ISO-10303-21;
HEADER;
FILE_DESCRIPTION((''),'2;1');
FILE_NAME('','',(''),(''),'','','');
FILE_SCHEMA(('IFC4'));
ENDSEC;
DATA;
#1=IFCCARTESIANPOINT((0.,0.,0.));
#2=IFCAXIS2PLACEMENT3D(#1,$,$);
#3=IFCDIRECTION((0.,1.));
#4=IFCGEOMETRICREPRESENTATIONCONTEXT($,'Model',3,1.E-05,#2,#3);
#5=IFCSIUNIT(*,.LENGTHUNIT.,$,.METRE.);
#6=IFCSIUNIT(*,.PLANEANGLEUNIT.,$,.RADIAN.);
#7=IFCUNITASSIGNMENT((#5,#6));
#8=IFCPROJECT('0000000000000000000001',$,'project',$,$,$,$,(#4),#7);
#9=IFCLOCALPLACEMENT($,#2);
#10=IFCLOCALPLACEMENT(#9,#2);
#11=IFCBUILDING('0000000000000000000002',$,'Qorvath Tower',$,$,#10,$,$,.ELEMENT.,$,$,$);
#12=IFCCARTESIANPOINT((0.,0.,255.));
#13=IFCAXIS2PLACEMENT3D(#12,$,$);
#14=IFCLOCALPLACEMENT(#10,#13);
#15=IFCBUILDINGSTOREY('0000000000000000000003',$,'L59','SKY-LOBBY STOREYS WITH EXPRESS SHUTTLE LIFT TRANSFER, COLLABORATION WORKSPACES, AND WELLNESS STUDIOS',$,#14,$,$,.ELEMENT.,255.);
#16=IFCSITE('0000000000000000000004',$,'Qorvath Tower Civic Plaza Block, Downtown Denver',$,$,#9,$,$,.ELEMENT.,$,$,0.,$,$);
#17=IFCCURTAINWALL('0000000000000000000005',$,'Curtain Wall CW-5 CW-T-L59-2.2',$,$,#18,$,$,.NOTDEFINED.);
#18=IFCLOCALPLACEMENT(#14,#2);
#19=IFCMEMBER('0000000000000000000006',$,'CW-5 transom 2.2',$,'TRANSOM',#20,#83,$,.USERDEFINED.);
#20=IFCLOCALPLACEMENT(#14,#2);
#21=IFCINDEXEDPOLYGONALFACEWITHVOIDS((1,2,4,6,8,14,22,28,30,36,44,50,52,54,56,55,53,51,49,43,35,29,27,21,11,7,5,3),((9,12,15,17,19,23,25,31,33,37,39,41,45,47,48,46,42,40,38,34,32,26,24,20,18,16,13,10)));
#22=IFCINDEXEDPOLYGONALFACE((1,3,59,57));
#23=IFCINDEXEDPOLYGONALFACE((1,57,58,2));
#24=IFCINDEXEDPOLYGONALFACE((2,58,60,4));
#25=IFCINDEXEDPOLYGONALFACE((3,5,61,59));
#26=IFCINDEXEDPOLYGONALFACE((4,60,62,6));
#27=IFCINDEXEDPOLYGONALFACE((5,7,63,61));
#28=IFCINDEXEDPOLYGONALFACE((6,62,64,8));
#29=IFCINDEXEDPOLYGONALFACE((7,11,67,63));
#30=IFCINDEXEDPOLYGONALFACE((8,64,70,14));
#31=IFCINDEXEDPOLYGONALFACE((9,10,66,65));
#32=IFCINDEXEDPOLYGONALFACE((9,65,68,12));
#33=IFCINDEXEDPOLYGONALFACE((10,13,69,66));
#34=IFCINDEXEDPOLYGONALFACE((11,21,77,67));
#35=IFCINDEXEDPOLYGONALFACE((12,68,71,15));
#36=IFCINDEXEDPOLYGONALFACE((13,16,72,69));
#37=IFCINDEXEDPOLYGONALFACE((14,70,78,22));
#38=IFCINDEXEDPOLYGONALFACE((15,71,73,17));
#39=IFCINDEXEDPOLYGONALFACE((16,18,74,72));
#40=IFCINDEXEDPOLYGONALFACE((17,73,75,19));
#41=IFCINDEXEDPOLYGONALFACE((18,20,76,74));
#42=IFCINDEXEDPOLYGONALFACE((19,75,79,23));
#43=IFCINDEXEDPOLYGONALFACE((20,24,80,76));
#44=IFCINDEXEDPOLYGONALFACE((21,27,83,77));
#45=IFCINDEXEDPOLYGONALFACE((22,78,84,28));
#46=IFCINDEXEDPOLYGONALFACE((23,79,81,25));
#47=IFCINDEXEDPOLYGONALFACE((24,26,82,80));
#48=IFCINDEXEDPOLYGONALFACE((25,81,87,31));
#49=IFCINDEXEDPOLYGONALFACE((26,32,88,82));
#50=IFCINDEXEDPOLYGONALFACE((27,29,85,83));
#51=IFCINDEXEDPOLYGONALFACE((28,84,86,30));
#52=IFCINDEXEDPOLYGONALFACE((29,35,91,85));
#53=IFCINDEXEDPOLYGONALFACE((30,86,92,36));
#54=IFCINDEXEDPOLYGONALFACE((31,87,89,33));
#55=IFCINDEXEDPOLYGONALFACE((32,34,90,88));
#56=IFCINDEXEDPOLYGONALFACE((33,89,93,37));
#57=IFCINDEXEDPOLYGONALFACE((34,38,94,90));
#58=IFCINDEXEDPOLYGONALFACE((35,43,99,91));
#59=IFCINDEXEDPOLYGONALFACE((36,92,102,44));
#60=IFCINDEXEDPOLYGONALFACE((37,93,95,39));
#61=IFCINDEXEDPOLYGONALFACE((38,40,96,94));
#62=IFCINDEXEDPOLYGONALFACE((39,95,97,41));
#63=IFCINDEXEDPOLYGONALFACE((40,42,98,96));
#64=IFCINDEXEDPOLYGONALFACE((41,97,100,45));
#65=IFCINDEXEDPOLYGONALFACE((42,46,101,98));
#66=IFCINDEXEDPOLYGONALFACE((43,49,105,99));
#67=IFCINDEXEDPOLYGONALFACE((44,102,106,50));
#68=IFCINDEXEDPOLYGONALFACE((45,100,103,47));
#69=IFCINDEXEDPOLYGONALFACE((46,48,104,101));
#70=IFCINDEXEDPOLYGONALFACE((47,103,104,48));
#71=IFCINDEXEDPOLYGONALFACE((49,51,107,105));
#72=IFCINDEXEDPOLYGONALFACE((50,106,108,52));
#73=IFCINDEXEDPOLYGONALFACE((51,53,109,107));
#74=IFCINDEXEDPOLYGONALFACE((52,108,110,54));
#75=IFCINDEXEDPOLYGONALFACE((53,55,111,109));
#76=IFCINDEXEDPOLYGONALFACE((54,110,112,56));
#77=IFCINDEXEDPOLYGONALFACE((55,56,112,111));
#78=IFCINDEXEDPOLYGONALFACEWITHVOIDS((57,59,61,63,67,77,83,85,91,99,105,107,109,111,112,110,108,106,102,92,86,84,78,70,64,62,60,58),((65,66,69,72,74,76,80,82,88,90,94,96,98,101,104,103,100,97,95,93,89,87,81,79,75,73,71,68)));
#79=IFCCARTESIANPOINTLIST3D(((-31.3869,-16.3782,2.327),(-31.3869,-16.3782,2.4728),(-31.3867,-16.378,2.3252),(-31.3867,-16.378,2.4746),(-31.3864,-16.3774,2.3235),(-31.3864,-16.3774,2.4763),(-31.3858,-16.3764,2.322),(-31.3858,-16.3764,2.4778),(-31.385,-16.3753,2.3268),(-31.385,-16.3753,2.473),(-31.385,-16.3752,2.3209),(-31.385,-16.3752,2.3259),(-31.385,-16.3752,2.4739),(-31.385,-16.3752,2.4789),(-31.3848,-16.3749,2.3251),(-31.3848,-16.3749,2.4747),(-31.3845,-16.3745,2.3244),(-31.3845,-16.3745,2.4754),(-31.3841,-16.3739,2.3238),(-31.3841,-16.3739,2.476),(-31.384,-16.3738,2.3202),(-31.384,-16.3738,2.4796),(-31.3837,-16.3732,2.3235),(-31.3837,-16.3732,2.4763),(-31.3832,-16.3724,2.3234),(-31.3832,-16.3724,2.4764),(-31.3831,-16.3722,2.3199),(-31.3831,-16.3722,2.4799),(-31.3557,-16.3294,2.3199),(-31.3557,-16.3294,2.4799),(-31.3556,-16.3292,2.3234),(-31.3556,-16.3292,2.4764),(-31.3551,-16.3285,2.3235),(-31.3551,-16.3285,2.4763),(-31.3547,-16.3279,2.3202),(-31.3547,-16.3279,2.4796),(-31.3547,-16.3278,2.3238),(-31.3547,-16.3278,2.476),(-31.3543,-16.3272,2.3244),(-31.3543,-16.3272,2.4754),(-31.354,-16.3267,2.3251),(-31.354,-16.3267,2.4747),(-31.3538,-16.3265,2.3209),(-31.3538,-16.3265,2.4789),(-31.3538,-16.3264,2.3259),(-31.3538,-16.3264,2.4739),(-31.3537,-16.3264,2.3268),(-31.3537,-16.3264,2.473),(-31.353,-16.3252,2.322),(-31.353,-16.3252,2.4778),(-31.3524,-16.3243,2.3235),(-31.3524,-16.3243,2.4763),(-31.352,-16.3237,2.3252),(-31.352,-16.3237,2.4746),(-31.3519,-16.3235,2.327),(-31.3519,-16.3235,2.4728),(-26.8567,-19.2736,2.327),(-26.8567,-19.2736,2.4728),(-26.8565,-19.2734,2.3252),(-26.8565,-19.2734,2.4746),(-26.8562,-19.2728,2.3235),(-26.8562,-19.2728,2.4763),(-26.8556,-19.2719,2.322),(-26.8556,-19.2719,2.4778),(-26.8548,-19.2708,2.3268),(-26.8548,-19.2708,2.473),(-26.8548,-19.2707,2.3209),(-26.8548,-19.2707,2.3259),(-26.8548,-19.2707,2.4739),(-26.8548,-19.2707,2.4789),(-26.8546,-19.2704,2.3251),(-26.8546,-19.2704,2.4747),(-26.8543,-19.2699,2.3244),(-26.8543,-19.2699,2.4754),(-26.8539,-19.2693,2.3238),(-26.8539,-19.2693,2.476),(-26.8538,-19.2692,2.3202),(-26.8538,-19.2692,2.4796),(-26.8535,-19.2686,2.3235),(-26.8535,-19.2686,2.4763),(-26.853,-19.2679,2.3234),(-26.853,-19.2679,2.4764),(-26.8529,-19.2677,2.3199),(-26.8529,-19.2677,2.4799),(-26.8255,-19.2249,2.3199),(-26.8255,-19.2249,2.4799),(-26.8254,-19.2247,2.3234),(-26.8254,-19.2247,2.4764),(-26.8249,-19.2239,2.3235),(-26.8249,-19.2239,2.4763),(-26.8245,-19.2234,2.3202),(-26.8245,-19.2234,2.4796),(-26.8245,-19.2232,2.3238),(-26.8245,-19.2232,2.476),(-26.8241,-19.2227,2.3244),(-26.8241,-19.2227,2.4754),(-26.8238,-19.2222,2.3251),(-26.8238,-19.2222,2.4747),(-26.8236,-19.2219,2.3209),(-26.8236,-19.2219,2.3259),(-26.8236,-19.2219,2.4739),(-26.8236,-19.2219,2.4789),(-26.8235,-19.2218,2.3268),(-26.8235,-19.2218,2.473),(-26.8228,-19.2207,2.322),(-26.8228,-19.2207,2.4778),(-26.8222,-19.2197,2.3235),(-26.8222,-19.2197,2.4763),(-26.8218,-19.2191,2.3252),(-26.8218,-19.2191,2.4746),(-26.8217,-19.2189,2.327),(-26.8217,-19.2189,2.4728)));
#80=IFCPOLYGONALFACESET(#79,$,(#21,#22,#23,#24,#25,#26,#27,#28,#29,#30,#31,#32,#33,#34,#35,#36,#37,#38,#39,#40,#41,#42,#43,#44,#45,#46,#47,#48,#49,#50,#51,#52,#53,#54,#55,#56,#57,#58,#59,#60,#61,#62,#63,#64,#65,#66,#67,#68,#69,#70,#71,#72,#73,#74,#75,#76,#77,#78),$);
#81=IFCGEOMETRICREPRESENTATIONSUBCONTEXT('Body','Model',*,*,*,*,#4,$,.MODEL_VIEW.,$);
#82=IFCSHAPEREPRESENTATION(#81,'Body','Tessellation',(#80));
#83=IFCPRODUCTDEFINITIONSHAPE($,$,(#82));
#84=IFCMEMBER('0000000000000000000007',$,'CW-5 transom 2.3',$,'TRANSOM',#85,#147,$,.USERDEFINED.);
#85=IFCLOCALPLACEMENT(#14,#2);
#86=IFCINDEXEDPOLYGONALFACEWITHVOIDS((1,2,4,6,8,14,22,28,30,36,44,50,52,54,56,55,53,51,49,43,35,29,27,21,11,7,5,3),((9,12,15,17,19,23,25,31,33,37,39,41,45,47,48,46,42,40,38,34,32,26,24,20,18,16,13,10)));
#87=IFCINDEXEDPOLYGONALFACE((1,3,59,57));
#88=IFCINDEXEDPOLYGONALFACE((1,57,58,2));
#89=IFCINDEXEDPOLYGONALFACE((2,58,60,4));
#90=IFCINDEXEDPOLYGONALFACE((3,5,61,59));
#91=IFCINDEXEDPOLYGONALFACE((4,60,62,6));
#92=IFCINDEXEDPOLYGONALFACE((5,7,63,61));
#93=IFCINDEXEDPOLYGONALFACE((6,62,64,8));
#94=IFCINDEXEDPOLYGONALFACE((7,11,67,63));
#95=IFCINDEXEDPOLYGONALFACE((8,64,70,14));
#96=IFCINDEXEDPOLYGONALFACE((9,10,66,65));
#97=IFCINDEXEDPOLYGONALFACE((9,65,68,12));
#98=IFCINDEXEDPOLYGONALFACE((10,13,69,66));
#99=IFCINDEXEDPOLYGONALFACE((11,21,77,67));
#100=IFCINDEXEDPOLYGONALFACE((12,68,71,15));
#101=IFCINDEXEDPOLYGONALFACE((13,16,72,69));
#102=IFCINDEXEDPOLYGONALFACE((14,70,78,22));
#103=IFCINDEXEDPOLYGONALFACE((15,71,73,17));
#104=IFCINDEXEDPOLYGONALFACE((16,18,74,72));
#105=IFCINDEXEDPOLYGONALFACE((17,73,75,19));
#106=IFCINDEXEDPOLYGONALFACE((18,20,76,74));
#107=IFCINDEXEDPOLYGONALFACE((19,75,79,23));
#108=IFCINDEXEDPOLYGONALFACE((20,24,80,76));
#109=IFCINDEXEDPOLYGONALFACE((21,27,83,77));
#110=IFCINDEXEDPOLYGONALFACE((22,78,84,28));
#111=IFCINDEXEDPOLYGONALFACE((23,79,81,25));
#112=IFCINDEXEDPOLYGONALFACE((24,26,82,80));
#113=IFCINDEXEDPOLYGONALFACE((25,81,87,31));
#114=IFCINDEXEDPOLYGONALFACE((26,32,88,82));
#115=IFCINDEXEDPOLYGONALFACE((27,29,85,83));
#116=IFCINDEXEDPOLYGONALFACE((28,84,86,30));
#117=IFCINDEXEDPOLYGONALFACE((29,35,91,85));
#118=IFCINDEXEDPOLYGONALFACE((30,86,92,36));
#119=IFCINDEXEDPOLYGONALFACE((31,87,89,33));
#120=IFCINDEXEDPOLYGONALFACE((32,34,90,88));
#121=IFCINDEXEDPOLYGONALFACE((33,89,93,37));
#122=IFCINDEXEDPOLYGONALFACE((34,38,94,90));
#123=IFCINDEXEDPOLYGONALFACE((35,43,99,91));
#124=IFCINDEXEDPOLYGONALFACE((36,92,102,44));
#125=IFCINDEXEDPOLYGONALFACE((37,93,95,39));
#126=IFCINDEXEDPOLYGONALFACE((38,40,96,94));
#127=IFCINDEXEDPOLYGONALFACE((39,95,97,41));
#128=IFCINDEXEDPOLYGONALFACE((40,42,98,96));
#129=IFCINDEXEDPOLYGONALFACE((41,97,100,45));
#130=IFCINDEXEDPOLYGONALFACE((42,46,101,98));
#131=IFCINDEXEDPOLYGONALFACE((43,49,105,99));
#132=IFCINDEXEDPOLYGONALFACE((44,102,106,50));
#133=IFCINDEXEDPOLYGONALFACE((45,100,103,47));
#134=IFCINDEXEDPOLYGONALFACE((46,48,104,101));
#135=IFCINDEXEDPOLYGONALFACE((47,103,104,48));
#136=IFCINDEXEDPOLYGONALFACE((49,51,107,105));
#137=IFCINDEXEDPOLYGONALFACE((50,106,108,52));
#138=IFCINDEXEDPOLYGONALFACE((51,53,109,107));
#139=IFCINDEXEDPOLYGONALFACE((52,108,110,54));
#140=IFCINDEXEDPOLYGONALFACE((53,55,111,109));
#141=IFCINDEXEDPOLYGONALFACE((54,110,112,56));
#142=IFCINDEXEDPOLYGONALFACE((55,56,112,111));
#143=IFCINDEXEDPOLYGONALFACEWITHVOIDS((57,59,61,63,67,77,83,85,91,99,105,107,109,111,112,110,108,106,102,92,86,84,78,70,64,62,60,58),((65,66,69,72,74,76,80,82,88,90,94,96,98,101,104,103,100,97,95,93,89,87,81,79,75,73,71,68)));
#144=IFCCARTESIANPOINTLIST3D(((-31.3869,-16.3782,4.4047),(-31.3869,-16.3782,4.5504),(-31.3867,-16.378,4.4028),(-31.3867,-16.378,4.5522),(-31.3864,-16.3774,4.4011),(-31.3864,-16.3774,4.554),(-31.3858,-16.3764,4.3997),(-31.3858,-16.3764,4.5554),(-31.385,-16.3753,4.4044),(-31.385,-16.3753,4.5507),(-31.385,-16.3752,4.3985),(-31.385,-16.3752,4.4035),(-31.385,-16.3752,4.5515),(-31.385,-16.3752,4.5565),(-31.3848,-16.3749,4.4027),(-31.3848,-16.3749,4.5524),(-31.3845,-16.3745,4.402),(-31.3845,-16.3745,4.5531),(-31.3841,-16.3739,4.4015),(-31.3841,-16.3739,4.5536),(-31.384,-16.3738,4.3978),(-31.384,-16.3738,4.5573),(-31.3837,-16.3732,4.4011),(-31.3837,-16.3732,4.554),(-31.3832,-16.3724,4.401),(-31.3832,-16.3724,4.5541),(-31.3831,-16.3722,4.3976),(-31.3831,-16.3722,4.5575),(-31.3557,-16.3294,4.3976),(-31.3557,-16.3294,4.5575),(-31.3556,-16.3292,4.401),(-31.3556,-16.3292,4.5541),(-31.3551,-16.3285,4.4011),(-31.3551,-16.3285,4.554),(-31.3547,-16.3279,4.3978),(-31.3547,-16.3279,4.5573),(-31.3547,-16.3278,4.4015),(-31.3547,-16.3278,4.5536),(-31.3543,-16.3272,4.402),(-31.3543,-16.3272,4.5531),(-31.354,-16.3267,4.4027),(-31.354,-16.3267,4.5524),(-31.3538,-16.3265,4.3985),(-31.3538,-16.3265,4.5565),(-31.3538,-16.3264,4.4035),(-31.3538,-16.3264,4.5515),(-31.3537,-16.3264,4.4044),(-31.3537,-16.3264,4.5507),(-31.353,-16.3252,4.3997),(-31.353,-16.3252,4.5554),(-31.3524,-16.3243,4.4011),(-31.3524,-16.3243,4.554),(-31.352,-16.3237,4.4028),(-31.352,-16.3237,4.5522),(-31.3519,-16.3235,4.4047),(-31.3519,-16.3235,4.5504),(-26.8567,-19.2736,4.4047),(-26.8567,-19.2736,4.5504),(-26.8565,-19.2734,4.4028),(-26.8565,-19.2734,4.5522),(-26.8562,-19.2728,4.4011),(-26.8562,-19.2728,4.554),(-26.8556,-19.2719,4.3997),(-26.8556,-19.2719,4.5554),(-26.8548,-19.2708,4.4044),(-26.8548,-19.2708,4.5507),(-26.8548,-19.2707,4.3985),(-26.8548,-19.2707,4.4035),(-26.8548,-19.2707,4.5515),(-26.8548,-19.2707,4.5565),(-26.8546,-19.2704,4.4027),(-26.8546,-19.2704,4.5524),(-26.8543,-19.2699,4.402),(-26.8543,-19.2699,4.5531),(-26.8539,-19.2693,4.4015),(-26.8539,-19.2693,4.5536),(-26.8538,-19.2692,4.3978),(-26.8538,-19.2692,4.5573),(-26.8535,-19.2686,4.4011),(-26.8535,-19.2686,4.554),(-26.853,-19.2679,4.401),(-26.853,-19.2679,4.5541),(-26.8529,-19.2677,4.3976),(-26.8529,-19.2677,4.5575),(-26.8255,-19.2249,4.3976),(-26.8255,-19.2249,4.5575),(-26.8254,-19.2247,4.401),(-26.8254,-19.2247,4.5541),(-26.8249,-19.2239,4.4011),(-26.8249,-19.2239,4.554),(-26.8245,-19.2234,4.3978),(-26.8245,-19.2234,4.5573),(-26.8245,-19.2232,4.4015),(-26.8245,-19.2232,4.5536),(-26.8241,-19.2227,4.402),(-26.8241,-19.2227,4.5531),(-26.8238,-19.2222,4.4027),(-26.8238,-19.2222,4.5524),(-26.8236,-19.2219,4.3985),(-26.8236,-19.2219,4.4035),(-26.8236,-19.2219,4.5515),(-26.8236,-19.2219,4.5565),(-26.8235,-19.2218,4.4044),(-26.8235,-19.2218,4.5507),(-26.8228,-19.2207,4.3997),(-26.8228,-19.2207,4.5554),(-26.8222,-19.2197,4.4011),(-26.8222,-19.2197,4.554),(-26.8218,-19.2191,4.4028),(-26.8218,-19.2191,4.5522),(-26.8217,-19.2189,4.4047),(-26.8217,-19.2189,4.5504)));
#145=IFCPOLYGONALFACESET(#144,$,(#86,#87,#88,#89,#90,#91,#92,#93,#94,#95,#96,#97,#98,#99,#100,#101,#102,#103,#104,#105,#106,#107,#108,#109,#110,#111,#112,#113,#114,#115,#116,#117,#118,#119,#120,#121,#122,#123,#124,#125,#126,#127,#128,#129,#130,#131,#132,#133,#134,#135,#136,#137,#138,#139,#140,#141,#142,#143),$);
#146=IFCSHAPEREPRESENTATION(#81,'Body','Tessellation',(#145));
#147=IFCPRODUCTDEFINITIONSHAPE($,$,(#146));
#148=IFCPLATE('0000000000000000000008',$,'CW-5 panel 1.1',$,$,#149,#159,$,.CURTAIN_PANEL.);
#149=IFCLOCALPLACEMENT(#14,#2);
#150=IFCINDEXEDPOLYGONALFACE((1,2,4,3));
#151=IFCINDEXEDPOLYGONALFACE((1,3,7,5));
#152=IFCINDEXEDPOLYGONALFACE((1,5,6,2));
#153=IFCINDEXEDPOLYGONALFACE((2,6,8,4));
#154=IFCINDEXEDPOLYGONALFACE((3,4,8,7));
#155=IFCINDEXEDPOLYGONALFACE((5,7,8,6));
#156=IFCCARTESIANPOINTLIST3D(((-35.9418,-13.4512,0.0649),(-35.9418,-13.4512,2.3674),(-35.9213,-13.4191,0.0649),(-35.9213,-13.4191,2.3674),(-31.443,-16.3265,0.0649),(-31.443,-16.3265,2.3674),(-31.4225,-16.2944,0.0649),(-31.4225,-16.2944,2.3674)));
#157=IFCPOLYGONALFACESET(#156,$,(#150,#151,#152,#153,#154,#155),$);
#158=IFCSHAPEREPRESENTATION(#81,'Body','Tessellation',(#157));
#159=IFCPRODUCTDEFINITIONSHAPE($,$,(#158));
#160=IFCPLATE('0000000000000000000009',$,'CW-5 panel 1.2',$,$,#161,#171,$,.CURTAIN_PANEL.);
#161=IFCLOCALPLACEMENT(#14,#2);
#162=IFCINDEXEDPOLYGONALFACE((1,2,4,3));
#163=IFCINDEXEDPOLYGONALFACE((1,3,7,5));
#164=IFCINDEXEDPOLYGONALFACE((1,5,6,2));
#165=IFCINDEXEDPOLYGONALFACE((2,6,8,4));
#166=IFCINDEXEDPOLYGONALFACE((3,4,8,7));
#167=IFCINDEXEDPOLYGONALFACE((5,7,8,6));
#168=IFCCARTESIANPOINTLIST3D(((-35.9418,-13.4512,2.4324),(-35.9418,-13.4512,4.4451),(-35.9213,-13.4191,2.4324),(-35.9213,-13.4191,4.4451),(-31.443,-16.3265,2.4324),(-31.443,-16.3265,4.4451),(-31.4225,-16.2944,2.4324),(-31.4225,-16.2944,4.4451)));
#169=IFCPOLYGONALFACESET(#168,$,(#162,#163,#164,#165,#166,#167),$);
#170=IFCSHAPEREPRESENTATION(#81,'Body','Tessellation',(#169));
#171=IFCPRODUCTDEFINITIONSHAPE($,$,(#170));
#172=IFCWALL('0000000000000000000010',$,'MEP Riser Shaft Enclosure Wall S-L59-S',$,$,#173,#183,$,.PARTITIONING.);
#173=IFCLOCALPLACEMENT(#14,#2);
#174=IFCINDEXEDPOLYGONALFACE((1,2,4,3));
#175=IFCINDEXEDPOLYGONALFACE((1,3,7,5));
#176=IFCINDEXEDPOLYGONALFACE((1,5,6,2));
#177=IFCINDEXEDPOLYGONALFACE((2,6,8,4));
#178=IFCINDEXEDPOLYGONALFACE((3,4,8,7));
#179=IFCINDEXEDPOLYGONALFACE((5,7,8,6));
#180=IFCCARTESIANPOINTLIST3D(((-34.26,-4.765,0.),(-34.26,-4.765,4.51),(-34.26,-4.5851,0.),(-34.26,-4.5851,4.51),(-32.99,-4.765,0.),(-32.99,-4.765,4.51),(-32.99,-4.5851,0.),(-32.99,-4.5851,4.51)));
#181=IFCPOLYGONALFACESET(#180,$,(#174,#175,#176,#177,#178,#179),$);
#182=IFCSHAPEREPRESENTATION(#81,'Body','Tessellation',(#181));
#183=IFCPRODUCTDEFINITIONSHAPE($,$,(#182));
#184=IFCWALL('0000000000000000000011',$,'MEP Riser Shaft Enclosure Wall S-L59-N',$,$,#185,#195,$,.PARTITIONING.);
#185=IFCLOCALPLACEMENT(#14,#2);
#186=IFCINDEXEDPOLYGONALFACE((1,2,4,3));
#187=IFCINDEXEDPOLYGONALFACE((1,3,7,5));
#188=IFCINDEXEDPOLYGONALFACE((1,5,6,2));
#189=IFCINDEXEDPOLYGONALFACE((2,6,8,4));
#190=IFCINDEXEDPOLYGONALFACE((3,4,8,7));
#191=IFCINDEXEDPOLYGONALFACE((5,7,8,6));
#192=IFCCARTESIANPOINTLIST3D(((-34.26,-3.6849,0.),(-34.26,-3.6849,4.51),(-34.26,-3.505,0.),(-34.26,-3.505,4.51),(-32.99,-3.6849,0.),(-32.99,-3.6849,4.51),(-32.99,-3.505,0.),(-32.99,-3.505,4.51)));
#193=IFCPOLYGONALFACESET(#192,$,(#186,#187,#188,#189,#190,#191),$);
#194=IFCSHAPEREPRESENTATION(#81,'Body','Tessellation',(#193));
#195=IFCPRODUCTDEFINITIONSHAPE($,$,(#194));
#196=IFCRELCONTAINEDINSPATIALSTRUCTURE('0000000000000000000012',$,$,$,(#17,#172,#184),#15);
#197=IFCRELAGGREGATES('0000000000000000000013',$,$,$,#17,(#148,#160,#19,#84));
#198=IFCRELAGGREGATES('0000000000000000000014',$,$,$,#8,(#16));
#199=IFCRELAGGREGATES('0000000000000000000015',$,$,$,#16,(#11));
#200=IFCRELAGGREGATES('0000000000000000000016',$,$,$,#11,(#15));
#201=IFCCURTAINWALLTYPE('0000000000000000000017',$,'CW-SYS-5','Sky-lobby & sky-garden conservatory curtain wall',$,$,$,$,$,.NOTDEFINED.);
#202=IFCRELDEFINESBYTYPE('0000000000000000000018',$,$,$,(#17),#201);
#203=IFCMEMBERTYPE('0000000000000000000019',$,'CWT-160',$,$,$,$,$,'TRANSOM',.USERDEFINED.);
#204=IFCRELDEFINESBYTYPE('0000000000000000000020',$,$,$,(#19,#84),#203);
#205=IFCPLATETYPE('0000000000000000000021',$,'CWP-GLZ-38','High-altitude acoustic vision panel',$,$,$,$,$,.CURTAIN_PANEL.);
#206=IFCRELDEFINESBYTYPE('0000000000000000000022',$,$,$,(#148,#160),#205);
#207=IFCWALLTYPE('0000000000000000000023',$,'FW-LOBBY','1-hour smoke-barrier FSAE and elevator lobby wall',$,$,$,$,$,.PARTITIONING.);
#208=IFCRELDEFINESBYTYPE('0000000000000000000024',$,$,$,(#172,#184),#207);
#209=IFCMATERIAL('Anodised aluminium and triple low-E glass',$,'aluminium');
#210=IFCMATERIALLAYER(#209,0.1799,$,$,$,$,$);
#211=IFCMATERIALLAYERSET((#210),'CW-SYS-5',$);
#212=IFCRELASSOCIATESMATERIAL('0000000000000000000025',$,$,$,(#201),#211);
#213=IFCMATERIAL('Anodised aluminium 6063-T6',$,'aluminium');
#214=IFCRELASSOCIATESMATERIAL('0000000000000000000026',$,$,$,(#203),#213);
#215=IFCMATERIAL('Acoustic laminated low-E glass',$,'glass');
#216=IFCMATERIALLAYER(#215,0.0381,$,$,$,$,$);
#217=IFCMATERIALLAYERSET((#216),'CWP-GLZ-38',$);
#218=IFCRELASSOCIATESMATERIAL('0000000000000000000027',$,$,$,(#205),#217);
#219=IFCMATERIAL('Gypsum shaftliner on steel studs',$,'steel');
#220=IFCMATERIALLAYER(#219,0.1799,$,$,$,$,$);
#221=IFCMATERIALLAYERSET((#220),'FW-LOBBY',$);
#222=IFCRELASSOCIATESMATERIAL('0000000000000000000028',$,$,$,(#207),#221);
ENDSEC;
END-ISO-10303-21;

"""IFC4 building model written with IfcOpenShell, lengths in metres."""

from ifc_helpers import new_model, si_unit, direction, frame, frame_2d, origin, origin_2d, place, context, subcontext, project, spatial, rectangle, hollow_rectangle, extrude, material, layer, layer_set, material_profile, profile_set, type_object, element, aggregate, save


model = new_model("IFC4")

# Units and contexts
model_context = context("Model", 3, precision=1e-05, world=origin(), true_north=direction((0.0, 1.0)))
body_context = subcontext(model_context, "Body", "Model", "MODEL_VIEW")
ifc_project = project(units=[si_unit("LENGTHUNIT", "METRE"), si_unit("PLANEANGLEUNIT", "RADIAN")], contexts=[model_context])

# Site, building, storey
site_placement = place(None, origin())
site = spatial("IfcSite", under=ifc_project, at=site_placement, Name="Qorvath Tower Civic Plaza Block, Downtown Denver", CompositionType="ELEMENT", RefElevation=0.0)
building_placement = place(site_placement, origin())
building = spatial("IfcBuilding", under=site, at=building_placement, Name="Qorvath Tower", CompositionType="ELEMENT")
storey_placement = place(building_placement, frame((0.0, 0.0, 255.0)))
storey = spatial("IfcBuildingStorey", under=building, at=storey_placement, Name="L59", Description="SKY-LOBBY STOREYS WITH EXPRESS SHUTTLE LIFT TRANSFER, COLLABORATION WORKSPACES, AND WELLNESS STUDIOS", CompositionType="ELEMENT", Elevation=255.0)

# Curtain wall, members, plates
ifc_material_1 = material(Name="Anodised aluminium and triple low-E glass", Category="aluminium")
ifc_layer_1 = layer(ifc_material_1, 0.1799)
ifc_layer_set_1 = layer_set([ifc_layer_1], Name="CW-SYS-5")
curtain_wall_type = type_object("IfcCurtainWallType", Name="CW-SYS-5", Description="Sky-lobby & sky-garden conservatory curtain wall", PredefinedType="NOTDEFINED", material=ifc_layer_set_1)
curtain_wall_placement = place(storey_placement, origin())
curtain_wall = element("IfcCurtainWall", 1, at=curtain_wall_placement, inside=storey, type_object=curtain_wall_type, Name="Curtain Wall CW-5 CW-T-L59-2.2", PredefinedType="NOTDEFINED")
ifc_material_2 = material(Name="Anodised aluminium 6063-T6", Category="aluminium")
ifc_material_profile_1 = material_profile(ifc_material_2, hollow_rectangle(XDim=0.0649, YDim=0.1599, WallThickness=0.0034, InnerFilletRadius=0.0034, OuterFilletRadius=0.0071, at=origin_2d()), Name="CWT 160x65")
ifc_profile_set_1 = profile_set([ifc_material_profile_1], Name="Anodised aluminium 6063-T6")
member_type_1 = type_object("IfcMemberType", Name="CWT-160", ElementType="TRANSOM", PredefinedType="USERDEFINED", material=ifc_profile_set_1)
member_1_placement = place(storey_placement, frame((-31.3694, -16.3508, 2.3999), z_axis=(0.842598, -0.538543, 0.0), x_axis=(0.538543, 0.842598, 0.0)))
member_1 = element("IfcMember", 2, at=member_1_placement, type_object=member_type_1, Name="CW-5 transom 2.2", ObjectType="TRANSOM", PredefinedType="USERDEFINED", context=body_context, shape_type="SweptSolid", body=[
    extrude(hollow_rectangle(XDim=0.0649, YDim=0.1599, WallThickness=0.0034, InnerFilletRadius=0.0034, OuterFilletRadius=0.0071, at=origin_2d()), origin(), (0.0, 0.0, 1.0), 5.3765),
])
member_2_placement = place(storey_placement, frame((-31.3694, -16.3508, 4.4775), z_axis=(0.842598, -0.538543, 0.0), x_axis=(0.538543, 0.842598, 0.0)))
member_2 = element("IfcMember", 3, at=member_2_placement, type_object=member_type_1, Name="CW-5 transom 2.3", ObjectType="TRANSOM", PredefinedType="USERDEFINED", context=body_context, shape_type="SweptSolid", body=[
    extrude(hollow_rectangle(XDim=0.0649, YDim=0.1599, WallThickness=0.0034, InnerFilletRadius=0.0034, OuterFilletRadius=0.0071, at=origin_2d()), origin(), (0.0, 0.0, 1.0), 5.3765),
])
ifc_material_3 = material(Name="Acoustic laminated low-E glass", Category="glass")
ifc_layer_2 = layer(ifc_material_3, 0.0381)
ifc_layer_set_2 = layer_set([ifc_layer_2], Name="CWP-GLZ-38")
plate_type = type_object("IfcPlateType", Name="CWP-GLZ-38", Description="High-altitude acoustic vision panel", PredefinedType="CURTAIN_PANEL", material=ifc_layer_set_2)
plate_1_placement = place(storey_placement, frame((-33.6821, -14.8728, 0.0649), z_axis=(0.0, 0.0, 1.0), x_axis=(0.842604, -0.538534, 0.0)))
plate_1 = element("IfcPlate", 4, at=plate_1_placement, type_object=plate_type, Name="CW-5 panel 1.1", PredefinedType="CURTAIN_PANEL", context=body_context, shape_type="SweptSolid", body=[
    extrude(rectangle(XDim=5.3391, YDim=0.0381, at=origin_2d()), origin(), (0.0, 0.0, 1.0), 2.3025),
])
plate_2_placement = place(storey_placement, frame((-33.6821, -14.8728, 2.4324), z_axis=(0.0, 0.0, 1.0), x_axis=(0.842604, -0.538534, 0.0)))
plate_2 = element("IfcPlate", 5, at=plate_2_placement, type_object=plate_type, Name="CW-5 panel 1.2", PredefinedType="CURTAIN_PANEL", context=body_context, shape_type="SweptSolid", body=[
    extrude(rectangle(XDim=5.3391, YDim=0.0381, at=origin_2d()), origin(), (0.0, 0.0, 1.0), 2.0127),
])
aggregate(curtain_wall, [plate_1, plate_2, member_1, member_2])

# Walls
ifc_material_4 = material(Name="Gypsum shaftliner on steel studs", Category="steel")
ifc_layer_3 = layer(ifc_material_4, 0.1799)
ifc_layer_set_3 = layer_set([ifc_layer_3], Name="FW-LOBBY")
wall_type_1 = type_object("IfcWallType", Name="FW-LOBBY", Description="1-hour smoke-barrier FSAE and elevator lobby wall", PredefinedType="PARTITIONING", material=ifc_layer_set_3)
for number, where, z_axis, x_axis, name in (
    (6, (-32.99, -4.675, 0.0), (0.0, 0.0, 1.0), (-1.0, 0.0, 0.0), "MEP Riser Shaft Enclosure Wall S-L59-S"),
    (7, (-34.26, -3.595, 0.0), (0.0, 0.0, 1.0), (1.0, 0.0, 0.0), "MEP Riser Shaft Enclosure Wall S-L59-N"),
):
    element("IfcWall", number, at=place(storey_placement, frame(where, z_axis=z_axis, x_axis=x_axis)), inside=storey, type_object=wall_type_1, Name=name, PredefinedType="PARTITIONING", context=body_context, shape_type="SweptSolid", body=[
        extrude(rectangle(XDim=1.27, YDim=0.1799, at=frame_2d((0.635, 0.0))), origin(), (0.0, 0.0, 1.0), 4.51),
    ])

save(model, "model.ifc")
